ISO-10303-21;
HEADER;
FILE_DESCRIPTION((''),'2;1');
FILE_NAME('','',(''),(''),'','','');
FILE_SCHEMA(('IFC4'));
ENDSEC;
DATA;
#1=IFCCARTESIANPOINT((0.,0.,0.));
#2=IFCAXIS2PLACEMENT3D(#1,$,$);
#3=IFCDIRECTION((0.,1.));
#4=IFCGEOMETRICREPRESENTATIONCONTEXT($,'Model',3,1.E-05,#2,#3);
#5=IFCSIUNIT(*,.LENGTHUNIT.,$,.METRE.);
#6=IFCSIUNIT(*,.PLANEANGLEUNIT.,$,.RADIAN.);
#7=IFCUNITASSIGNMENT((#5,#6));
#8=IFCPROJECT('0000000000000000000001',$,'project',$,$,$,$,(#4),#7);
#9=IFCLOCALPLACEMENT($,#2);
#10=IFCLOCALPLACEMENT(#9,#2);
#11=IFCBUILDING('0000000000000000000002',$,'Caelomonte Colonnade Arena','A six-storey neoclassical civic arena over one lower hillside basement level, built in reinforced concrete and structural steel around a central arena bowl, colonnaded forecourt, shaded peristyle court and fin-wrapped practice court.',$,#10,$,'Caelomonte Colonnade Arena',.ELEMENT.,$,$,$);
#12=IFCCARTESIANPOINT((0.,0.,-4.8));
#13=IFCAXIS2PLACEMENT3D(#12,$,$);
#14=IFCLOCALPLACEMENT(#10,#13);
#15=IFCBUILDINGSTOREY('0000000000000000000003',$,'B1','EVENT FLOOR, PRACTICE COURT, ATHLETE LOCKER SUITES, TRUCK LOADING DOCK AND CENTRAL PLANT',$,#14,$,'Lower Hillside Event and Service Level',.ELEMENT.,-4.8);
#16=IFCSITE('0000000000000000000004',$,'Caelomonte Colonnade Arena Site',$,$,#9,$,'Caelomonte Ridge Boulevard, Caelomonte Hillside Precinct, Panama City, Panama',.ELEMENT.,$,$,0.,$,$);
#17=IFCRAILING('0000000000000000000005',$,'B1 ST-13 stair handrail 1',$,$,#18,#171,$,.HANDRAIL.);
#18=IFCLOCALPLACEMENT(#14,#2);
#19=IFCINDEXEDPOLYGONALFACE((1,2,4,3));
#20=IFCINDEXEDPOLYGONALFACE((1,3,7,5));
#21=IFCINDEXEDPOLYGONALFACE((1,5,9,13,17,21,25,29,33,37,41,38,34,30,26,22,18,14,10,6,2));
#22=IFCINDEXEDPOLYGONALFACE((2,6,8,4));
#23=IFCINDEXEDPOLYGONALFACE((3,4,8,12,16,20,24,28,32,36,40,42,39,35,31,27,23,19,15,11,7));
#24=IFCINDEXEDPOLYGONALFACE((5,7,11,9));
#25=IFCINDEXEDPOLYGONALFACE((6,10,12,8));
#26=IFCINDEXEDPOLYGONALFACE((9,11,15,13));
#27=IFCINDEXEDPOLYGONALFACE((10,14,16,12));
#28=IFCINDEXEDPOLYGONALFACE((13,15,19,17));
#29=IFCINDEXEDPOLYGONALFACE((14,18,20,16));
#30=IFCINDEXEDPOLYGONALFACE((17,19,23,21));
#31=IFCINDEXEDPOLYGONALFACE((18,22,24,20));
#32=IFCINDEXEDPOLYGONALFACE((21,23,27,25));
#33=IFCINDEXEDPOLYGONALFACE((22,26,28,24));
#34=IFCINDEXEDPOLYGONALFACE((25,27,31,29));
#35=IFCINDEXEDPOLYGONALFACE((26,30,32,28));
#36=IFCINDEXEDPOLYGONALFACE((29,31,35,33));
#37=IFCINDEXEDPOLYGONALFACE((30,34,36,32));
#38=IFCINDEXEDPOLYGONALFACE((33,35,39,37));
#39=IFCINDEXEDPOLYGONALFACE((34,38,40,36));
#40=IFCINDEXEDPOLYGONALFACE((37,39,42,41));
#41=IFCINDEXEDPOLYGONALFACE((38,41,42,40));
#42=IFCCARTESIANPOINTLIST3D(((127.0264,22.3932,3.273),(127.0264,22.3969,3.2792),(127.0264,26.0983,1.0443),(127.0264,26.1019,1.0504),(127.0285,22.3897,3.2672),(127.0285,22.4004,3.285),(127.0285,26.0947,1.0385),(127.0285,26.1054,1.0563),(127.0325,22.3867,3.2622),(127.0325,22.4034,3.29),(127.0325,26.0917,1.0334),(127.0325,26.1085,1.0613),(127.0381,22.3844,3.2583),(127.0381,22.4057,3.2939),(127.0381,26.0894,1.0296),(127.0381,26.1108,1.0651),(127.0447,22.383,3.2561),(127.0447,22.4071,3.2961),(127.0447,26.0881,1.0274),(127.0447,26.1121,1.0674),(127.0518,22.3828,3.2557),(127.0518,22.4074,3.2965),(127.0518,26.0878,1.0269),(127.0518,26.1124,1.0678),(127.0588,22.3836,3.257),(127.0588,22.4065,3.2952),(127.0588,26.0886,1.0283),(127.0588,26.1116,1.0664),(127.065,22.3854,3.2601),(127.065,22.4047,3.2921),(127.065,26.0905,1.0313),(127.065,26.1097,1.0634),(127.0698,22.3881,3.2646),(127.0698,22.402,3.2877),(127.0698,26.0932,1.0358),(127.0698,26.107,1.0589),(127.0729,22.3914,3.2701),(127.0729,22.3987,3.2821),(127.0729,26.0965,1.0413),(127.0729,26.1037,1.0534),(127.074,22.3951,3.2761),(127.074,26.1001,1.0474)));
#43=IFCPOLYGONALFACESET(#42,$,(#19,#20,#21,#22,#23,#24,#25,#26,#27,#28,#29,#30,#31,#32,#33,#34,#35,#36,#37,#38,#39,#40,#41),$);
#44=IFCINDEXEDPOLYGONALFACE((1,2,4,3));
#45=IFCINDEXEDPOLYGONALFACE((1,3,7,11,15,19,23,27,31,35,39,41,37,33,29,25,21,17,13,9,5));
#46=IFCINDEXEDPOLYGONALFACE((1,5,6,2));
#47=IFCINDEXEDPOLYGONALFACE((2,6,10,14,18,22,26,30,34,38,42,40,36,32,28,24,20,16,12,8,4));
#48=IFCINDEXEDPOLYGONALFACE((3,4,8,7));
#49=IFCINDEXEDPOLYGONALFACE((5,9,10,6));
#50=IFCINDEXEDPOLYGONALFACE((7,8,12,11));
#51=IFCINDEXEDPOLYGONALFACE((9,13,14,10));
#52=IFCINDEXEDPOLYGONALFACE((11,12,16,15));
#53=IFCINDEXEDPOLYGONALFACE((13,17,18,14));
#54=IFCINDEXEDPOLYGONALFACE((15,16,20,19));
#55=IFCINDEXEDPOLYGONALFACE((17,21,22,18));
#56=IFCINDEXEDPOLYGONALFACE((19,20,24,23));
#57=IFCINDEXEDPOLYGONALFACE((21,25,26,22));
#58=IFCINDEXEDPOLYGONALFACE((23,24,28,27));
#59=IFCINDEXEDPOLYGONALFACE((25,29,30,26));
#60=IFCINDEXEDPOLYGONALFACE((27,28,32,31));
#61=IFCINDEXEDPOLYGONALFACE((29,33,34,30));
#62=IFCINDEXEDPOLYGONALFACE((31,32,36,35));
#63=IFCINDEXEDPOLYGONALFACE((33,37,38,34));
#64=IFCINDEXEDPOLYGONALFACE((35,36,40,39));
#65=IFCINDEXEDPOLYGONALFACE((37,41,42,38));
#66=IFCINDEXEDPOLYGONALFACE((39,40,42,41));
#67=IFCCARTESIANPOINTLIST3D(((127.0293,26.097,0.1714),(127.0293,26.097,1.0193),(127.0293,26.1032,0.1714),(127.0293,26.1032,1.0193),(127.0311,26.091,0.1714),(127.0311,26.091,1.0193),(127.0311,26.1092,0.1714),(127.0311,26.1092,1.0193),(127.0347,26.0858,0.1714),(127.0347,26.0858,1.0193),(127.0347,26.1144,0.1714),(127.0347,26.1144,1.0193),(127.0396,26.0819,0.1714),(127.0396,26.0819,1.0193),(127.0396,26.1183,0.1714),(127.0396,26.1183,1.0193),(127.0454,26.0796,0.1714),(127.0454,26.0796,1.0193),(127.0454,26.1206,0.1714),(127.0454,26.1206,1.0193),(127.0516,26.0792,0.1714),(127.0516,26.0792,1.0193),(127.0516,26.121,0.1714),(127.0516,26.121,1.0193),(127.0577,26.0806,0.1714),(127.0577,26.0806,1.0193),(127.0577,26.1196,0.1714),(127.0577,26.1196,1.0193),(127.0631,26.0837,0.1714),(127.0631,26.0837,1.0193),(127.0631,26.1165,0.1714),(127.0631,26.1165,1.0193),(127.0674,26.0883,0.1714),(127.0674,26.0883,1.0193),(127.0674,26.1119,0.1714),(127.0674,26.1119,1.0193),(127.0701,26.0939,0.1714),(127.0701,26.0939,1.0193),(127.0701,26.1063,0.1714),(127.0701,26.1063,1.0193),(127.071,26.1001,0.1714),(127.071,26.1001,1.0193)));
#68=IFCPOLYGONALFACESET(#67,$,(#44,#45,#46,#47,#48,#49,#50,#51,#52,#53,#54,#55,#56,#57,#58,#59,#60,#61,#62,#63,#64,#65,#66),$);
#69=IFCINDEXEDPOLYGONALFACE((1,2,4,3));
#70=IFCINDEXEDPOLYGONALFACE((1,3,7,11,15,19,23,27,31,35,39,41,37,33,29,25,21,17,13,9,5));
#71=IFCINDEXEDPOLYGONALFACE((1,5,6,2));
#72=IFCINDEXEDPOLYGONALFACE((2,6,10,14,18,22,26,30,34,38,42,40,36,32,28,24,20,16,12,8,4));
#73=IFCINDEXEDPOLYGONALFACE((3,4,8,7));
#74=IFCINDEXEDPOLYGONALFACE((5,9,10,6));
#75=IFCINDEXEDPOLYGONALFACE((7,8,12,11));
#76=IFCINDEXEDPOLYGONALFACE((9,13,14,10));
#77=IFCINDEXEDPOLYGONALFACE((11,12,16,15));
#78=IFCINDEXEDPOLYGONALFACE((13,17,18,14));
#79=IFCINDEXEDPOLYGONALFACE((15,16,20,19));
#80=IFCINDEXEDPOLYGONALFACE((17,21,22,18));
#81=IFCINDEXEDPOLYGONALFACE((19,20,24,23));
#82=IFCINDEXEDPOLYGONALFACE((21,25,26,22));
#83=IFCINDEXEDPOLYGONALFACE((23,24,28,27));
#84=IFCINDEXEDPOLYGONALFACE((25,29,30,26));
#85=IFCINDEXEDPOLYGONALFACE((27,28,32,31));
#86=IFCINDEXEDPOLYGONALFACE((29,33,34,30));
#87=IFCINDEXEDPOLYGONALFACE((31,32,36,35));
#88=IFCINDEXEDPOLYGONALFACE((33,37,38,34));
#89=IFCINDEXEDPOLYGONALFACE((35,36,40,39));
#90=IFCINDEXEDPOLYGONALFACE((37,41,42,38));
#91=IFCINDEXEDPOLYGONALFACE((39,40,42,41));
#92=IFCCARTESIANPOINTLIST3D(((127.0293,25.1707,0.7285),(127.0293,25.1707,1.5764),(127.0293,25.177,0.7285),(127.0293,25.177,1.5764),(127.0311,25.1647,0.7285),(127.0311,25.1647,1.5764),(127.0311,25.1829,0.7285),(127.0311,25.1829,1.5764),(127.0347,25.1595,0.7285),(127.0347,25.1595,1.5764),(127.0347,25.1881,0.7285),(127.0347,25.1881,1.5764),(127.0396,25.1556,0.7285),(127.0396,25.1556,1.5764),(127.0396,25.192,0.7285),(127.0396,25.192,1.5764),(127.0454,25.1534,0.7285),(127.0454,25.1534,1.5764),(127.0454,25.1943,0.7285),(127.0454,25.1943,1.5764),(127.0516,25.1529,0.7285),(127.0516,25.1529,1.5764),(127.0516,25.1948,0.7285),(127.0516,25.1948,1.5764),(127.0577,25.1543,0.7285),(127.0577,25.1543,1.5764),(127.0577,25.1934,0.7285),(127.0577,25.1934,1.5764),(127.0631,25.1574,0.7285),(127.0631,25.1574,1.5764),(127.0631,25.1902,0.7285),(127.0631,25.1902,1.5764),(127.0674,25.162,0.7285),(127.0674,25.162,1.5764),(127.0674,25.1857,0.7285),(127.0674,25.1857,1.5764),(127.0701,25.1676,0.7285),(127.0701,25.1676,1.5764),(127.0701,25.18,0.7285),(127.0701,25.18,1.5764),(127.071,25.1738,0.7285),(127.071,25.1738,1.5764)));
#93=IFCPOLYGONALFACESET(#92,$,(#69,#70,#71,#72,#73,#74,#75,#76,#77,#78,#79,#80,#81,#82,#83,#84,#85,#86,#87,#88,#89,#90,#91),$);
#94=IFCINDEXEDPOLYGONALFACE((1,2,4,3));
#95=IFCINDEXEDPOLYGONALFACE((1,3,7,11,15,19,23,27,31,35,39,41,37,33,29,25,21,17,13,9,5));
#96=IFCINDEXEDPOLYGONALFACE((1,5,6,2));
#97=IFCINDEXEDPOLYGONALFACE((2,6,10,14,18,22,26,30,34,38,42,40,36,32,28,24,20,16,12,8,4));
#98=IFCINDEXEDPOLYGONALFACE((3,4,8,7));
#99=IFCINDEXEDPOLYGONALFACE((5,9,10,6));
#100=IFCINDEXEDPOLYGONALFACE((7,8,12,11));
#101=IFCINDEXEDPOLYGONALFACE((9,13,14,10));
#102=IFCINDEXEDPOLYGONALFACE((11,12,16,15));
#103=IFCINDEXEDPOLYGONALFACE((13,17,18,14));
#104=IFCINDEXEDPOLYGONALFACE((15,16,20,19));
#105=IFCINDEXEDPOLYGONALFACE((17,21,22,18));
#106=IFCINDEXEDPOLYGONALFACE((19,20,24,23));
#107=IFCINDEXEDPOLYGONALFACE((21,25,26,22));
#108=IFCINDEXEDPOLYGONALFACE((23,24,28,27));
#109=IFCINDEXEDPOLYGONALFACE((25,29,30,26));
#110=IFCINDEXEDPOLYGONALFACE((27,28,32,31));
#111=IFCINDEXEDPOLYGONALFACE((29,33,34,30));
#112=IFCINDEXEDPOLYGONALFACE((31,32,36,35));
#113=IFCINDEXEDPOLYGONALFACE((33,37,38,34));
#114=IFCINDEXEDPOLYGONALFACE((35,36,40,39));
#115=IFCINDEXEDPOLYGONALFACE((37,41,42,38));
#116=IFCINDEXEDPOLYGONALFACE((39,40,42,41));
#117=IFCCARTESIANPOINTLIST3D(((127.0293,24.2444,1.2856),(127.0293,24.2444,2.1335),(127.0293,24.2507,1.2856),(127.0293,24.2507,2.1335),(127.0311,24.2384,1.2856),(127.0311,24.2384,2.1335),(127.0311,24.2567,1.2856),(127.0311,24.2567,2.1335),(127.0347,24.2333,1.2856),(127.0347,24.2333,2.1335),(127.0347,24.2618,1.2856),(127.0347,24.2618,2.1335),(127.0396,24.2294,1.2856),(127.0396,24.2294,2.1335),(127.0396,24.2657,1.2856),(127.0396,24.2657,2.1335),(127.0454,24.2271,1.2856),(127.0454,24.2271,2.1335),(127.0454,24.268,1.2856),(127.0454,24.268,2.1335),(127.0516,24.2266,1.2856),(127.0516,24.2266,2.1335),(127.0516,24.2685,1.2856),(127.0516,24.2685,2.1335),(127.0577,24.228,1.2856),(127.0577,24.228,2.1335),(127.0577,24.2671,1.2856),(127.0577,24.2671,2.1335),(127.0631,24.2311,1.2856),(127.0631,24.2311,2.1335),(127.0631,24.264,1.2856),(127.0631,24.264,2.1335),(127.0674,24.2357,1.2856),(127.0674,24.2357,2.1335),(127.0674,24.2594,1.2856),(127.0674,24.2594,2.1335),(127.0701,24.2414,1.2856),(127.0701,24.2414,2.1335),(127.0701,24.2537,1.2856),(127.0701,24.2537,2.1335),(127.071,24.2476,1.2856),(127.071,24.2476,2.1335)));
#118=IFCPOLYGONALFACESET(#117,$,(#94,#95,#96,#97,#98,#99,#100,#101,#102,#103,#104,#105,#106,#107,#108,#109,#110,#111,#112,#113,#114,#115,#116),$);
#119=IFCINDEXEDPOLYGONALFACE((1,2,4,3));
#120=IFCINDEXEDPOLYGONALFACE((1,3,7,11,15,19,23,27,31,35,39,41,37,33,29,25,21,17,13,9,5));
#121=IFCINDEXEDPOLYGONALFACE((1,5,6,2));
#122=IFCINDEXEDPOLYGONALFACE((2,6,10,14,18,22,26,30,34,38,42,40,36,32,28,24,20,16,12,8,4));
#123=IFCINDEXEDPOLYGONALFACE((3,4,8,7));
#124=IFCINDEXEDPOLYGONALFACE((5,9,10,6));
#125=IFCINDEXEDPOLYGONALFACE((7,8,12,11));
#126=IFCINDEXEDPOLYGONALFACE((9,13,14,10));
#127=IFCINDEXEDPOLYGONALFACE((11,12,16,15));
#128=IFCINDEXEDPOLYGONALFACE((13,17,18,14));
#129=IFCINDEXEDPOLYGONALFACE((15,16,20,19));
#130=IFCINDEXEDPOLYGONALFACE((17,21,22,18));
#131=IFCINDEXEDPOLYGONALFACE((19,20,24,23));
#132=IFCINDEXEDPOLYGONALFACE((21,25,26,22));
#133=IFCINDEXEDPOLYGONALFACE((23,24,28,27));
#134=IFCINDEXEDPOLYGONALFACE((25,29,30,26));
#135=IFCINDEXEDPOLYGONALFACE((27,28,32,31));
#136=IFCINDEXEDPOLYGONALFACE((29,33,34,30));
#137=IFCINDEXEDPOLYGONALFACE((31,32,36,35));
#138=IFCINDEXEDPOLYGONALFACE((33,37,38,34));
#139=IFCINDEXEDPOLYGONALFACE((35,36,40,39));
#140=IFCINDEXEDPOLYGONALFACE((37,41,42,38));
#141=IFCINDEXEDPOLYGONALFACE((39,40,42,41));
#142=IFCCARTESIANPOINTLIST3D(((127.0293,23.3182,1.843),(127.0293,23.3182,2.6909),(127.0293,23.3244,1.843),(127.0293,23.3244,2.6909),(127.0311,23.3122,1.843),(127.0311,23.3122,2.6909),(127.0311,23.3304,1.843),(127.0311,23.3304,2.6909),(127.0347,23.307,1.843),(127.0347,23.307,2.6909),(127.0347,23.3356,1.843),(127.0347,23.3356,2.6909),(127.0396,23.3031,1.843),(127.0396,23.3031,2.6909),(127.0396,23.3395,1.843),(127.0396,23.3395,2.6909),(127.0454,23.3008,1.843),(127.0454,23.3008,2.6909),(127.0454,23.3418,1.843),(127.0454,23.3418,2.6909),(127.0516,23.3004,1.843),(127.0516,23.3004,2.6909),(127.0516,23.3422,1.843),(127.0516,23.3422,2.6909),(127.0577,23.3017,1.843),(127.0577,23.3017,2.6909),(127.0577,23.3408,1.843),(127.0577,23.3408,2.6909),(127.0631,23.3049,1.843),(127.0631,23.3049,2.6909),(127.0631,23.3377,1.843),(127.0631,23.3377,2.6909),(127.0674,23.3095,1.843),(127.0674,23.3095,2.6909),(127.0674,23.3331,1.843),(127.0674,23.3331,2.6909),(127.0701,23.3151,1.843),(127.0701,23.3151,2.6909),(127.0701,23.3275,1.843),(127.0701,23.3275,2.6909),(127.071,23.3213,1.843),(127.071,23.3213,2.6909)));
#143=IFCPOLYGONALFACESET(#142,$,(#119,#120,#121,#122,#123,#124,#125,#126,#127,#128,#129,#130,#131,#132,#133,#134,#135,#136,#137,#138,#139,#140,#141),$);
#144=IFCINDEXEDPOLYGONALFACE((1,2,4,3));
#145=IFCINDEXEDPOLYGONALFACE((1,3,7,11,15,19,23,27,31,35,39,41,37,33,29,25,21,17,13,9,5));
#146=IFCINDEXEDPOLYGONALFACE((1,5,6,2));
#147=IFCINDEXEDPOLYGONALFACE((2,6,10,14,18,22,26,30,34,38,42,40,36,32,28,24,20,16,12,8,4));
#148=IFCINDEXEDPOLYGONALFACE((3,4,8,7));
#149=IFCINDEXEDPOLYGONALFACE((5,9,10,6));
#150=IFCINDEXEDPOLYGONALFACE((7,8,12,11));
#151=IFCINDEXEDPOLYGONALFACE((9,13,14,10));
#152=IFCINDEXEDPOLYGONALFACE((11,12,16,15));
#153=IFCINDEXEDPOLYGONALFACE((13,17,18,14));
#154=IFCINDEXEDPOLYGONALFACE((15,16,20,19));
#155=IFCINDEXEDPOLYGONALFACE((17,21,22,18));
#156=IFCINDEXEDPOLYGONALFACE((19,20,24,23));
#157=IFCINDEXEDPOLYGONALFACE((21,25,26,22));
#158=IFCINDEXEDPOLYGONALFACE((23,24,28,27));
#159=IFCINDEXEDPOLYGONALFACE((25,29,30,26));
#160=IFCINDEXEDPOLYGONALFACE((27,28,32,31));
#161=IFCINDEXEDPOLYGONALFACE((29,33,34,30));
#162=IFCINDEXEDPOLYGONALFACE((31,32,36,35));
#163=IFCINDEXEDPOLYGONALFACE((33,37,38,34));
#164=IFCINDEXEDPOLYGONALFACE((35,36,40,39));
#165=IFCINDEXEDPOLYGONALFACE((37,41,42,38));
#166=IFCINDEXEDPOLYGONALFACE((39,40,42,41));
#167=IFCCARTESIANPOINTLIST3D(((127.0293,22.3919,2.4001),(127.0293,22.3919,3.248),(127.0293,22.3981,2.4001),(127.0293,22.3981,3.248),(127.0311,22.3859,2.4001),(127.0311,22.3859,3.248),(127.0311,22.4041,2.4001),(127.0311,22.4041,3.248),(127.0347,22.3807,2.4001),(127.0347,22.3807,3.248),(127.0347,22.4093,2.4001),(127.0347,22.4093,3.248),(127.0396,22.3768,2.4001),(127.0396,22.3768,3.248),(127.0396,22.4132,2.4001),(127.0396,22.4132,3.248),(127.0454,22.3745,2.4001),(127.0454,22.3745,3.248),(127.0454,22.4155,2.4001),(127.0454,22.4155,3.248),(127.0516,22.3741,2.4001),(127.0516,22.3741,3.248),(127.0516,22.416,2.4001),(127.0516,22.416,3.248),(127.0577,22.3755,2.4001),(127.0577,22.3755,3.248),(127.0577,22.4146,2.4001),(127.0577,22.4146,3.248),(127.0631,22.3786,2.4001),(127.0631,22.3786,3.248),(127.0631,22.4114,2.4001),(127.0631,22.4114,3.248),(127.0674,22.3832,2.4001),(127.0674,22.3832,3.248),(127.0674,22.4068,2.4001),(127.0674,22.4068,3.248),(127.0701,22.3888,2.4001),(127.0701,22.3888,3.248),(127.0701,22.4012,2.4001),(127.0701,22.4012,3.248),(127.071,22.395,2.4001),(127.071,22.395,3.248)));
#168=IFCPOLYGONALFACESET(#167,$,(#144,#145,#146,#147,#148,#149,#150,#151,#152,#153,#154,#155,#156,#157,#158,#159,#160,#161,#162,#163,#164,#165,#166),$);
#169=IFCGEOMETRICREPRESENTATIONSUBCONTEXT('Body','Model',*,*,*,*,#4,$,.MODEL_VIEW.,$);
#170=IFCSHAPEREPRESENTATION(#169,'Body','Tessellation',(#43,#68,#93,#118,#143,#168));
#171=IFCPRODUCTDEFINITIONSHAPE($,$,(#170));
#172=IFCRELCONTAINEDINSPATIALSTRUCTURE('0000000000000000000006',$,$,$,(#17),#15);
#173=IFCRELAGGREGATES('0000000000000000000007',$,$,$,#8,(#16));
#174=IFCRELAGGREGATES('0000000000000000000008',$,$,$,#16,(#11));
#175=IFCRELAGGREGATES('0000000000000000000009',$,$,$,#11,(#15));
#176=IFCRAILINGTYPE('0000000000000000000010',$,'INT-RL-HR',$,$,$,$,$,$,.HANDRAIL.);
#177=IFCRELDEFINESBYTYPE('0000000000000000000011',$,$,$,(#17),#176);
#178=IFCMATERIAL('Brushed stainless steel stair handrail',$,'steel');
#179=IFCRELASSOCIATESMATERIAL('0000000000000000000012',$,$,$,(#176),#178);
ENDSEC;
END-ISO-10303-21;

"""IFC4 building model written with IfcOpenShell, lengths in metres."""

from ifc_helpers import new_model, si_unit, direction, frame, origin, origin_2d, place, context, subcontext, project, spatial, circle, extrude, material, type_object, element, save


model = new_model("IFC4")

# Units and contexts
model_context = context("Model", 3, precision=1e-05, world=origin(), true_north=direction((0.0, 1.0)))
body_context = subcontext(model_context, "Body", "Model", "MODEL_VIEW")
ifc_project = project(units=[si_unit("LENGTHUNIT", "METRE"), si_unit("PLANEANGLEUNIT", "RADIAN")], contexts=[model_context])

# Site, building, storey
site_placement = place(None, origin())
site = spatial("IfcSite", under=ifc_project, at=site_placement, Name="Caelomonte Colonnade Arena Site", LongName="Caelomonte Ridge Boulevard, Caelomonte Hillside Precinct, Panama City, Panama", CompositionType="ELEMENT", RefElevation=0.0)
building_placement = place(site_placement, origin())
building = spatial("IfcBuilding", under=site, at=building_placement, Name="Caelomonte Colonnade Arena", Description="A six-storey neoclassical civic arena over one lower hillside basement level, built in reinforced concrete and structural steel around a central arena bowl, colonnaded forecourt, shaded peristyle court and fin-wrapped practice court.", LongName="Caelomonte Colonnade Arena", CompositionType="ELEMENT")
storey_placement = place(building_placement, frame((0.0, 0.0, -4.8)))
storey = spatial("IfcBuildingStorey", under=building, at=storey_placement, Name="B1", Description="EVENT FLOOR, PRACTICE COURT, ATHLETE LOCKER SUITES, TRUCK LOADING DOCK AND CENTRAL PLANT", LongName="Lower Hillside Event and Service Level", CompositionType="ELEMENT", Elevation=-4.8)

# Railing
ifc_material_1 = material(Name="Brushed stainless steel stair handrail", Category="steel")
railing_type_1 = type_object("IfcRailingType", Name="INT-RL-HR", PredefinedType="HANDRAIL", material=ifc_material_1)
railing_1_placement = place(storey_placement, frame((127.05, 26.1001, 0.1714)))
element("IfcRailing", 1, at=railing_1_placement, inside=storey, type_object=railing_type_1, Name="B1 ST-13 stair handrail 1", PredefinedType="HANDRAIL", context=body_context, shape_type="SweptSolid", body=[
    extrude(circle(Radius=0.0239, at=origin_2d()), frame((0.0, 0.0, 0.876), z_axis=(0.0, -0.856909, 0.515467), x_axis=(1.0, 0.0, 0.0)), (0.0, 0.0, 1.0), 4.3237),
    extrude(circle(Radius=0.021, at=origin_2d()), origin(), (0.0, 0.0, 1.0), 0.8479),
    extrude(circle(Radius=0.021, at=origin_2d()), frame((0.0, -0.9263, 0.5571)), (0.0, 0.0, 1.0), 0.8479),
    extrude(circle(Radius=0.021, at=origin_2d()), frame((0.0, -1.8525, 1.1143)), (0.0, 0.0, 1.0), 0.8479),
    extrude(circle(Radius=0.021, at=origin_2d()), frame((0.0, -2.7788, 1.6716)), (0.0, 0.0, 1.0), 0.8479),
    extrude(circle(Radius=0.021, at=origin_2d()), frame((0.0, -3.7051, 2.2288)), (0.0, 0.0, 1.0), 0.8479),
])

save(model, "model.ifc")
